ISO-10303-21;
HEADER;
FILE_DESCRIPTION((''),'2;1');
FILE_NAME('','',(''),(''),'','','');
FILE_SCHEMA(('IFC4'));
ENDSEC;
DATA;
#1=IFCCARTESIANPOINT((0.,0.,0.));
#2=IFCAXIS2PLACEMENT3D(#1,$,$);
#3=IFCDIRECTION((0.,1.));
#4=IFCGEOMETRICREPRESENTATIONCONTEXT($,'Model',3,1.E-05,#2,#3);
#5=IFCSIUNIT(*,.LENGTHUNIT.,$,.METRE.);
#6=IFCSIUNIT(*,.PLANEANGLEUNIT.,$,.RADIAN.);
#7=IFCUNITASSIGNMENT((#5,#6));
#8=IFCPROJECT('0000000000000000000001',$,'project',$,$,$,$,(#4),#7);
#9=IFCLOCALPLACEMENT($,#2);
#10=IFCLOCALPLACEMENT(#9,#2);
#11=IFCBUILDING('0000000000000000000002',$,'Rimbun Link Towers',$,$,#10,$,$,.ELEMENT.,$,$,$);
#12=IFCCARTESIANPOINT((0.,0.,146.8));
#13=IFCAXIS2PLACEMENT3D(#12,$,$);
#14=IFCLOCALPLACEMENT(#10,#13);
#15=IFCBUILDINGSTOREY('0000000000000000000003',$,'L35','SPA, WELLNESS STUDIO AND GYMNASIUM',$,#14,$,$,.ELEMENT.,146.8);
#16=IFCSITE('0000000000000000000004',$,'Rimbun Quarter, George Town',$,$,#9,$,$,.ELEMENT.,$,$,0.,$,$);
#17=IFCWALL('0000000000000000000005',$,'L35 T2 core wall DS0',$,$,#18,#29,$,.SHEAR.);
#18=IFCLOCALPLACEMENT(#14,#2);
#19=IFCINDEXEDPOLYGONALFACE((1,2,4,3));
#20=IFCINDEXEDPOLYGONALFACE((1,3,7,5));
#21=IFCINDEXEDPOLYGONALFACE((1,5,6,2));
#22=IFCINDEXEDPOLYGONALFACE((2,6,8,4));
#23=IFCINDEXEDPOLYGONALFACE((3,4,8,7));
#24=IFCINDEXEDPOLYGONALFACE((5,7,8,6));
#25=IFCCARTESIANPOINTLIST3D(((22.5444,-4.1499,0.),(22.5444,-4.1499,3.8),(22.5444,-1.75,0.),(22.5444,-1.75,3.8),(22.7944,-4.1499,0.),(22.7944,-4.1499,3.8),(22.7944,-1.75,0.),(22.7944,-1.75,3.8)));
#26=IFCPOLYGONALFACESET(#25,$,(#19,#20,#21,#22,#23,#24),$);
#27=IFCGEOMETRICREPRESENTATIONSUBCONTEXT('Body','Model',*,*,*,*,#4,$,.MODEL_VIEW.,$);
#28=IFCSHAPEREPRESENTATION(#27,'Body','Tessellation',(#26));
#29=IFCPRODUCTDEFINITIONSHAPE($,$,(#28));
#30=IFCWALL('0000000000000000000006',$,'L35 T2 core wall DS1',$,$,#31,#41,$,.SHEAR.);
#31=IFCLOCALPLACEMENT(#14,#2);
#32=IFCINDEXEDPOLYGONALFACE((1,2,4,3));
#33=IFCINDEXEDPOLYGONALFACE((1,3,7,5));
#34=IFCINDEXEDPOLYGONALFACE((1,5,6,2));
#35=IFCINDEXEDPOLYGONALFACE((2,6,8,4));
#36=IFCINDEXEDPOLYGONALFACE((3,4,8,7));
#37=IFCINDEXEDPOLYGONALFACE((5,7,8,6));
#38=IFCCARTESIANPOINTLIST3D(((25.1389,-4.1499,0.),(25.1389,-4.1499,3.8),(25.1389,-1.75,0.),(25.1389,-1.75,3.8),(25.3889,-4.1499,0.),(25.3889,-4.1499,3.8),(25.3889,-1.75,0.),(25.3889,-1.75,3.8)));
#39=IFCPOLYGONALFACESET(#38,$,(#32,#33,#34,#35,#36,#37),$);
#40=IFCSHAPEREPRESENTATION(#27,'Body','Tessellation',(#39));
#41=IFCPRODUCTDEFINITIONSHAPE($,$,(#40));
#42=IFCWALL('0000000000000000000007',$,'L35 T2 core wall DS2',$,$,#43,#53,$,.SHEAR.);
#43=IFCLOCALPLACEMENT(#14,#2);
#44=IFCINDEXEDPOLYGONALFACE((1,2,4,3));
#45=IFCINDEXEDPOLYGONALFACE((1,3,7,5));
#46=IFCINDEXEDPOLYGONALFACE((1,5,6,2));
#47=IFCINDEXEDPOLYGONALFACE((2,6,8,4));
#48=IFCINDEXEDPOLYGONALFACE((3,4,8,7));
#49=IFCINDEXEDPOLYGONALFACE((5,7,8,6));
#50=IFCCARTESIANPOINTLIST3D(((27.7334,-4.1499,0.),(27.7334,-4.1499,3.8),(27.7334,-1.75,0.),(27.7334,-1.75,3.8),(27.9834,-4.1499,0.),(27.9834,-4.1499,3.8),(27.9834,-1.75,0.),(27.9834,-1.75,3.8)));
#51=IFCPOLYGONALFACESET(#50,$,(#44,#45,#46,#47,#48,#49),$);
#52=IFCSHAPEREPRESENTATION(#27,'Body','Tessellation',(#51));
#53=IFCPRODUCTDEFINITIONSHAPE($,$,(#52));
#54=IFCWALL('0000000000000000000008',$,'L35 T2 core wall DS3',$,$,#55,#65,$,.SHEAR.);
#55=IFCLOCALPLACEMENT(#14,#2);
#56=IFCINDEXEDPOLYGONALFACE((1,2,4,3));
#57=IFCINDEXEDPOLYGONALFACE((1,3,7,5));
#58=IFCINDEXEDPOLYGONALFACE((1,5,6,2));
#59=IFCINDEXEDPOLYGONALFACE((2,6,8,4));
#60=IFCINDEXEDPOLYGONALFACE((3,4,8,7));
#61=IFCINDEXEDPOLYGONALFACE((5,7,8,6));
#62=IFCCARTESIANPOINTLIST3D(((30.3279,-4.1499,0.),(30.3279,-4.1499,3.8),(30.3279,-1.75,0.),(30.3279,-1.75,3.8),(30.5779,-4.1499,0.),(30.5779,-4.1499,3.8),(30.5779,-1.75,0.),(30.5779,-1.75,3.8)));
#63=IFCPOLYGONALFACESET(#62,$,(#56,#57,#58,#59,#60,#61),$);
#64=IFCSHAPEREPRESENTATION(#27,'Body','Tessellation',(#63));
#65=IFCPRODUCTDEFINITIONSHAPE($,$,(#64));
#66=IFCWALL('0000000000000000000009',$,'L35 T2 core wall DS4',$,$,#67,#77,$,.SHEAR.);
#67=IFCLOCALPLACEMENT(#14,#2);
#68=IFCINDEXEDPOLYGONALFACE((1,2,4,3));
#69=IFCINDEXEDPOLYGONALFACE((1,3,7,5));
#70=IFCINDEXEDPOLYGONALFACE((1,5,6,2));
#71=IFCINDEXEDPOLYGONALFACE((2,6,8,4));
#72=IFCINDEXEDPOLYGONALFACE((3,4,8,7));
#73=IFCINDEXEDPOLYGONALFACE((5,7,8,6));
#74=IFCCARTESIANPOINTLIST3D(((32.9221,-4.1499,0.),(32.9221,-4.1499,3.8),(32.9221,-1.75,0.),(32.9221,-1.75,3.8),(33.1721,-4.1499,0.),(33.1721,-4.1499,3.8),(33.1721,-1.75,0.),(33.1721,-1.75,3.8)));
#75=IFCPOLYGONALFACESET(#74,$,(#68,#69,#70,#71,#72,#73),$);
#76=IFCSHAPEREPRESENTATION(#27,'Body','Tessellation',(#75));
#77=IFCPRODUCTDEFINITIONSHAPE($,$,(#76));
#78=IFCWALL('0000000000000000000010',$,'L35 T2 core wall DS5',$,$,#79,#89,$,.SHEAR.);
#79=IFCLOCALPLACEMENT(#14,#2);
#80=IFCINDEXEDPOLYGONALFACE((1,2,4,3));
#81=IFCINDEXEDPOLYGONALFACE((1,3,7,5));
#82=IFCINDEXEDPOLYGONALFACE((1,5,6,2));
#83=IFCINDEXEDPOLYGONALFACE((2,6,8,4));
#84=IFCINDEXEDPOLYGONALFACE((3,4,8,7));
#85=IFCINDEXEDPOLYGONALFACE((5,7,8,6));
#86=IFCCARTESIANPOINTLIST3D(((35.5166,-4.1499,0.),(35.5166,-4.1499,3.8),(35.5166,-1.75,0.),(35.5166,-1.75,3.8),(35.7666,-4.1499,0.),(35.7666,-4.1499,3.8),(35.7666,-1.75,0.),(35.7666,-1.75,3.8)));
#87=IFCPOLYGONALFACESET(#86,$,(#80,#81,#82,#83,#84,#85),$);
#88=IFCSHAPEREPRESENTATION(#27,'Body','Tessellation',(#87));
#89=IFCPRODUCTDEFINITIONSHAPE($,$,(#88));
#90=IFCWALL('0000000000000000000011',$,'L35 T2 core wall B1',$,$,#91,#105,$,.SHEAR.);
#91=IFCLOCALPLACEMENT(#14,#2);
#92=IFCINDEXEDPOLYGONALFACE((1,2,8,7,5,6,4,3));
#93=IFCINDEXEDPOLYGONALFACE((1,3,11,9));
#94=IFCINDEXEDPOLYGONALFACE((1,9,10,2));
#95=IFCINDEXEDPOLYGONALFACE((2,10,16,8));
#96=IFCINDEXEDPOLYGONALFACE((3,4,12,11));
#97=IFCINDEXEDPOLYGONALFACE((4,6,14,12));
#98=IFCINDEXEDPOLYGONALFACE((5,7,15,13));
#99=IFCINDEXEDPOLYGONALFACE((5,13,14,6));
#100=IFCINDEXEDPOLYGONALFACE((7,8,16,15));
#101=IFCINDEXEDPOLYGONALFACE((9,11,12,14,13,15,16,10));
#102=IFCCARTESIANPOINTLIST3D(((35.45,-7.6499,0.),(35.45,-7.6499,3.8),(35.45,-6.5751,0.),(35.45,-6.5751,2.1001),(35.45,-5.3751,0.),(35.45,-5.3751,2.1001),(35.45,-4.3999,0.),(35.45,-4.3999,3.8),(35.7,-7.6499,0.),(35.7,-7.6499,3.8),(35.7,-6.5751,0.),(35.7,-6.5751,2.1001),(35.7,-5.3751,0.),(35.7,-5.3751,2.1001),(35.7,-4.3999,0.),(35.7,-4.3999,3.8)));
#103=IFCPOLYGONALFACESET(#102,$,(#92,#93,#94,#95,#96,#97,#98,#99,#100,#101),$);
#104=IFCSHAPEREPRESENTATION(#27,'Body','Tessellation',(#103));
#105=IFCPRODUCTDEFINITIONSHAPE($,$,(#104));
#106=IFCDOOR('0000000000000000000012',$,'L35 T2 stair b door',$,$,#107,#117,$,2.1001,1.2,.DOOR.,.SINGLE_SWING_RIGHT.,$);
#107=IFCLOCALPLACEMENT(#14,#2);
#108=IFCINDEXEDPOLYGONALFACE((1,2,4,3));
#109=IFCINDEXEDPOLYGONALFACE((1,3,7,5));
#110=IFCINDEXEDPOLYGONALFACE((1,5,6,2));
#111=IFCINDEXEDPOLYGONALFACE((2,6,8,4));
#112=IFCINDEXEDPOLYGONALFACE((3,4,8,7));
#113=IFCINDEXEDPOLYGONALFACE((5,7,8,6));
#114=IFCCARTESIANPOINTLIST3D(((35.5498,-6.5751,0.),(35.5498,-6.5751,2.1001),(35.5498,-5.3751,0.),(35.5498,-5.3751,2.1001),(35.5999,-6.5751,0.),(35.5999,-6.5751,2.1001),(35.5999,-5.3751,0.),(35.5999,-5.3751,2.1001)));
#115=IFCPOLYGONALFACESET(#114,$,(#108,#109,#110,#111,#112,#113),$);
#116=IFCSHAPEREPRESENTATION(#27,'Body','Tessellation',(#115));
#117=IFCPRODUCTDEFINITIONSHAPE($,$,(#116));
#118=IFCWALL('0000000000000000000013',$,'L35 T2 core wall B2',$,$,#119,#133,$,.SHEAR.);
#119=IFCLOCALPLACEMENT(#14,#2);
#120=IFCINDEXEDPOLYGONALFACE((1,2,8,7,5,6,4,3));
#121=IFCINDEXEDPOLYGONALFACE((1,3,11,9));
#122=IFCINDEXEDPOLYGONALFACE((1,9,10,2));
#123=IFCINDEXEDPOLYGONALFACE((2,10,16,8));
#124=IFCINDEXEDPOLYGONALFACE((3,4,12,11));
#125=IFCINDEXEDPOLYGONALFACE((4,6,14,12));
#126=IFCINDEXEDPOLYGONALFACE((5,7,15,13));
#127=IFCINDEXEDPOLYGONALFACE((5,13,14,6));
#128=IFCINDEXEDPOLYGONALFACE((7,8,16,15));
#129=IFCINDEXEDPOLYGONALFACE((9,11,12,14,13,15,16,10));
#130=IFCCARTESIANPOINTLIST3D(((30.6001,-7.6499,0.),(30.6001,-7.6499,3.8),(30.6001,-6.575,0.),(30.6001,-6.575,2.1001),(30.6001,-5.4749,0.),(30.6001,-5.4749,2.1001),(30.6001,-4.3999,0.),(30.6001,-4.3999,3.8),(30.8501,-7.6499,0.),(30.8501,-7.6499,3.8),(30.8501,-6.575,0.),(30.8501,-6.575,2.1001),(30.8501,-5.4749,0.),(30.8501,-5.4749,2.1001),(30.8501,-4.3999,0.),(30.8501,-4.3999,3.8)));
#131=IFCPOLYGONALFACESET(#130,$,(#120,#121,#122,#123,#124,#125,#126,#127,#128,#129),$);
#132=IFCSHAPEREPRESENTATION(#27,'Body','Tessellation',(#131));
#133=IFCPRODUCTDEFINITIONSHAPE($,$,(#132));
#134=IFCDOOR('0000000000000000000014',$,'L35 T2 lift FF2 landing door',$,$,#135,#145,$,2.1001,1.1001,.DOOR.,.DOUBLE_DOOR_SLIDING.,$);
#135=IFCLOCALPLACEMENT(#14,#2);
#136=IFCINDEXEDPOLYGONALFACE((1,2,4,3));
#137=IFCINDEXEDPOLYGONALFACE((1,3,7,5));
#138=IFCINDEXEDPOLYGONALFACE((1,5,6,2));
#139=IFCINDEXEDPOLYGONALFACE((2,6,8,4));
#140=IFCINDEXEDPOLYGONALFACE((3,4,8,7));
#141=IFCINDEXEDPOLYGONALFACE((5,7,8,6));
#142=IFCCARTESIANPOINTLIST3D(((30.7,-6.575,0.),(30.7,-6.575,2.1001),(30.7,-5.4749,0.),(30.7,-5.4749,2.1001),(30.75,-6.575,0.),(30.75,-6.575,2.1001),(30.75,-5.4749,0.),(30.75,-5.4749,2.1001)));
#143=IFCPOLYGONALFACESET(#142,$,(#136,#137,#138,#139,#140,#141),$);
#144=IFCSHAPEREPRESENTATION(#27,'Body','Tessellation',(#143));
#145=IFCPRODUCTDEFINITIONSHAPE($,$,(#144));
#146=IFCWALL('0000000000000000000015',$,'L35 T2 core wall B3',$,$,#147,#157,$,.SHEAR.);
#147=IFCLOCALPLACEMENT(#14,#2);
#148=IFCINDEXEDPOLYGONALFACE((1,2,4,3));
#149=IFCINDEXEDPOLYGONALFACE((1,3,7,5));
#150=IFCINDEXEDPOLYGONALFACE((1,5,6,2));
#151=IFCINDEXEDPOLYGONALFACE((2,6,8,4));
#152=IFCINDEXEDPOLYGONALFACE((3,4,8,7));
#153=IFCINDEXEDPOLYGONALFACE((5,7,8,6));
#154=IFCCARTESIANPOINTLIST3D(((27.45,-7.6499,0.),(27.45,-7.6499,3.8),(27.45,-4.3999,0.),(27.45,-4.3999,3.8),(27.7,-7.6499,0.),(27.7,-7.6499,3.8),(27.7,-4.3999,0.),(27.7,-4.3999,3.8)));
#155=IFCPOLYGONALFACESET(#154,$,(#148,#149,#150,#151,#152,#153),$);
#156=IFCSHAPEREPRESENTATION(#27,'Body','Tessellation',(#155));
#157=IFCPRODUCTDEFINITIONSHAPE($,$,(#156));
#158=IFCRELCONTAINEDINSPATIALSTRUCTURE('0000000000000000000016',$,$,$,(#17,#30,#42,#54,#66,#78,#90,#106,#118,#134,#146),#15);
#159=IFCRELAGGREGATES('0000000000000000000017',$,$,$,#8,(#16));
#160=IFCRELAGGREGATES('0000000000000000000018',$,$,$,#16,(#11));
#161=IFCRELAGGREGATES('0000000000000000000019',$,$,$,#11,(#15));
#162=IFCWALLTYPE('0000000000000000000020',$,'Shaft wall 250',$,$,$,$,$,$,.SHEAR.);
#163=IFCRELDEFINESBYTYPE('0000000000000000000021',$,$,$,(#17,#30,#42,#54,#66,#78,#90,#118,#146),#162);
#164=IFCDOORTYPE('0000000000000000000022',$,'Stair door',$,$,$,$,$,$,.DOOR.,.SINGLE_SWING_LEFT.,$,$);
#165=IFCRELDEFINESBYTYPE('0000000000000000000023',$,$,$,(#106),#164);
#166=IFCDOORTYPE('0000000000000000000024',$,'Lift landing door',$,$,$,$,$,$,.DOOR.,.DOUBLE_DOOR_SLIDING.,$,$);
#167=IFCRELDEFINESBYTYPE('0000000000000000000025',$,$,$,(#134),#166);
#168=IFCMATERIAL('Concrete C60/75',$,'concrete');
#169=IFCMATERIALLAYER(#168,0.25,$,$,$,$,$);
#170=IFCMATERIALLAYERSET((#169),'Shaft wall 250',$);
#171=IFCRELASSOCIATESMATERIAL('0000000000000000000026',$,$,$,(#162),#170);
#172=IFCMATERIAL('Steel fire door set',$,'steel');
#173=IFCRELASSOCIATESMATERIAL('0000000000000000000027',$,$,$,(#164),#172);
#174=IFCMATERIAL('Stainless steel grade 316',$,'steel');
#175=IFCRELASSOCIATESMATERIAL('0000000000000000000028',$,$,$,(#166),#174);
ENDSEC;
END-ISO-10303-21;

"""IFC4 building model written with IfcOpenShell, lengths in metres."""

from ifc_helpers import new_model, si_unit, direction, frame, frame_2d, origin, place, context, subcontext, project, spatial, rectangle, extrude, material, layer, layer_set, type_object, element, fill, save


model = new_model("IFC4")

# Units and contexts
model_context = context("Model", 3, precision=1e-05, world=origin(), true_north=direction((0.0, 1.0)))
body_context = subcontext(model_context, "Body", "Model", "MODEL_VIEW")
ifc_project = project(units=[si_unit("LENGTHUNIT", "METRE"), si_unit("PLANEANGLEUNIT", "RADIAN")], contexts=[model_context])

# Site, building, storey
site_placement = place(None, origin())
site = spatial("IfcSite", under=ifc_project, at=site_placement, Name="Rimbun Quarter, George Town", CompositionType="ELEMENT", RefElevation=0.0)
building_placement = place(site_placement, origin())
building = spatial("IfcBuilding", under=site, at=building_placement, Name="Rimbun Link Towers", CompositionType="ELEMENT")
storey_placement = place(building_placement, frame((0.0, 0.0, 146.8)))
storey = spatial("IfcBuildingStorey", under=building, at=storey_placement, Name="L35", Description="SPA, WELLNESS STUDIO AND GYMNASIUM", CompositionType="ELEMENT", Elevation=146.8)

# Walls
ifc_material_1 = material(Name="Concrete C60/75", Category="concrete")
ifc_layer_1 = layer(ifc_material_1, 0.25)
ifc_layer_set_1 = layer_set([ifc_layer_1], Name="Shaft wall 250")
wall_type_1 = type_object("IfcWallType", Name="Shaft wall 250", PredefinedType="SHEAR", material=ifc_layer_set_1)
for number, where, z_axis, x_axis, name in (
    (1, (22.6694, -4.1499, 0.0), (0.0, 0.0, 1.0), (0.0, 1.0, 0.0), "L35 T2 core wall DS0"),
    (2, (25.2639, -4.1499, 0.0), (0.0, 0.0, 1.0), (0.0, 1.0, 0.0), "L35 T2 core wall DS1"),
    (3, (27.8584, -4.1499, 0.0), (0.0, 0.0, 1.0), (0.0, 1.0, 0.0), "L35 T2 core wall DS2"),
    (4, (30.4529, -4.1499, 0.0), (0.0, 0.0, 1.0), (0.0, 1.0, 0.0), "L35 T2 core wall DS3"),
    (5, (33.0471, -4.1499, 0.0), (0.0, 0.0, 1.0), (0.0, 1.0, 0.0), "L35 T2 core wall DS4"),
    (6, (35.6416, -4.1499, 0.0), (0.0, 0.0, 1.0), (0.0, 1.0, 0.0), "L35 T2 core wall DS5"),
):
    element("IfcWall", number, at=place(storey_placement, frame(where, z_axis=z_axis, x_axis=x_axis)), inside=storey, type_object=wall_type_1, Name=name, PredefinedType="SHEAR", context=body_context, shape_type="SweptSolid", body=[
        extrude(rectangle(XDim=2.3999, YDim=0.25, at=frame_2d((1.2, 0.0))), origin(), (0.0, 0.0, 1.0), 3.8),
    ])

# Walls, openings, doors
wall_1_placement = place(storey_placement, frame((35.575, -4.3999, 0.0), z_axis=(0.0, 0.0, 1.0), x_axis=(0.0, -1.0, 0.0)))
wall_1 = element("IfcWall", 7, at=wall_1_placement, inside=storey, type_object=wall_type_1, Name="L35 T2 core wall B1", PredefinedType="SHEAR", context=body_context, shape_type="SweptSolid", body=[
    extrude(rectangle(XDim=3.25, YDim=0.25, at=frame_2d((1.625, 0.0))), origin(), (0.0, 0.0, 1.0), 3.8),
])
opening_1_placement = place(wall_1_placement, frame((0.9751, 0.0, 0.0)))
opening_1 = element("IfcOpeningElement", 8, at=opening_1_placement, cuts=wall_1, PredefinedType="OPENING", context=body_context, shape_type="SweptSolid", body=[
    extrude(rectangle(XDim=1.2, YDim=2.1001, at=frame_2d((0.6001, 1.05))), frame((0.0, 0.135, 0.0), z_axis=(0.0, -1.0, 0.0), x_axis=(1.0, 0.0, 0.0)), (0.0, 0.0, 1.0), 0.27),
])
ifc_material_2 = material(Name="Steel fire door set", Category="steel")
door_type_1 = type_object("IfcDoorType", Name="Stair door", OperationType="SINGLE_SWING_LEFT", PredefinedType="DOOR", material=ifc_material_2)
door_1_placement = place(opening_1_placement, origin())
door_1 = element("IfcDoor", 9, at=door_1_placement, inside=storey, type_object=door_type_1, Name="L35 T2 stair b door", OperationType="SINGLE_SWING_RIGHT", OverallHeight=2.1001, OverallWidth=1.2, PredefinedType="DOOR", context=body_context, shape_type="SweptSolid", body=[
    extrude(rectangle(XDim=1.2, YDim=2.1001, at=frame_2d((0.6001, 1.05))), frame((0.0, 0.0249, 0.0), z_axis=(0.0, -1.0, 0.0), x_axis=(1.0, 0.0, 0.0)), (0.0, 0.0, 1.0), 0.05),
])
fill(opening_1, door_1)
wall_2_placement = place(storey_placement, frame((30.7251, -4.3999, 0.0), z_axis=(0.0, 0.0, 1.0), x_axis=(0.0, -1.0, 0.0)))
wall_2 = element("IfcWall", 10, at=wall_2_placement, inside=storey, type_object=wall_type_1, Name="L35 T2 core wall B2", PredefinedType="SHEAR", context=body_context, shape_type="SweptSolid", body=[
    extrude(rectangle(XDim=3.25, YDim=0.25, at=frame_2d((1.625, 0.0))), origin(), (0.0, 0.0, 1.0), 3.8),
])
opening_2_placement = place(wall_2_placement, frame((1.075, 0.0, 0.0)))
opening_2 = element("IfcOpeningElement", 11, at=opening_2_placement, cuts=wall_2, PredefinedType="OPENING", context=body_context, shape_type="SweptSolid", body=[
    extrude(rectangle(XDim=1.1001, YDim=2.1001, at=frame_2d((0.55, 1.05))), frame((0.0, 0.135, 0.0), z_axis=(0.0, -1.0, 0.0), x_axis=(1.0, 0.0, 0.0)), (0.0, 0.0, 1.0), 0.27),
])
ifc_material_3 = material(Name="Stainless steel grade 316", Category="steel")
door_type_2 = type_object("IfcDoorType", Name="Lift landing door", OperationType="DOUBLE_DOOR_SLIDING", PredefinedType="DOOR", material=ifc_material_3)
door_2_placement = place(opening_2_placement, origin())
door_2 = element("IfcDoor", 12, at=door_2_placement, inside=storey, type_object=door_type_2, Name="L35 T2 lift FF2 landing door", OperationType="DOUBLE_DOOR_SLIDING", OverallHeight=2.1001, OverallWidth=1.1001, PredefinedType="DOOR", context=body_context, shape_type="SweptSolid", body=[
    extrude(rectangle(XDim=1.1001, YDim=2.1001, at=frame_2d((0.55, 1.05))), frame((0.0, 0.0249, 0.0), z_axis=(0.0, -1.0, 0.0), x_axis=(1.0, 0.0, 0.0)), (0.0, 0.0, 1.0), 0.05),
])
fill(opening_2, door_2)

# Wall
wall_3_placement = place(storey_placement, frame((27.575, -4.3999, 0.0), z_axis=(0.0, 0.0, 1.0), x_axis=(0.0, -1.0, 0.0)))
element("IfcWall", 13, at=wall_3_placement, inside=storey, type_object=wall_type_1, Name="L35 T2 core wall B3", PredefinedType="SHEAR", context=body_context, shape_type="SweptSolid", body=[
    extrude(rectangle(XDim=3.25, YDim=0.25, at=frame_2d((1.625, 0.0))), origin(), (0.0, 0.0, 1.0), 3.8),
])

save(model, "model.ifc")
